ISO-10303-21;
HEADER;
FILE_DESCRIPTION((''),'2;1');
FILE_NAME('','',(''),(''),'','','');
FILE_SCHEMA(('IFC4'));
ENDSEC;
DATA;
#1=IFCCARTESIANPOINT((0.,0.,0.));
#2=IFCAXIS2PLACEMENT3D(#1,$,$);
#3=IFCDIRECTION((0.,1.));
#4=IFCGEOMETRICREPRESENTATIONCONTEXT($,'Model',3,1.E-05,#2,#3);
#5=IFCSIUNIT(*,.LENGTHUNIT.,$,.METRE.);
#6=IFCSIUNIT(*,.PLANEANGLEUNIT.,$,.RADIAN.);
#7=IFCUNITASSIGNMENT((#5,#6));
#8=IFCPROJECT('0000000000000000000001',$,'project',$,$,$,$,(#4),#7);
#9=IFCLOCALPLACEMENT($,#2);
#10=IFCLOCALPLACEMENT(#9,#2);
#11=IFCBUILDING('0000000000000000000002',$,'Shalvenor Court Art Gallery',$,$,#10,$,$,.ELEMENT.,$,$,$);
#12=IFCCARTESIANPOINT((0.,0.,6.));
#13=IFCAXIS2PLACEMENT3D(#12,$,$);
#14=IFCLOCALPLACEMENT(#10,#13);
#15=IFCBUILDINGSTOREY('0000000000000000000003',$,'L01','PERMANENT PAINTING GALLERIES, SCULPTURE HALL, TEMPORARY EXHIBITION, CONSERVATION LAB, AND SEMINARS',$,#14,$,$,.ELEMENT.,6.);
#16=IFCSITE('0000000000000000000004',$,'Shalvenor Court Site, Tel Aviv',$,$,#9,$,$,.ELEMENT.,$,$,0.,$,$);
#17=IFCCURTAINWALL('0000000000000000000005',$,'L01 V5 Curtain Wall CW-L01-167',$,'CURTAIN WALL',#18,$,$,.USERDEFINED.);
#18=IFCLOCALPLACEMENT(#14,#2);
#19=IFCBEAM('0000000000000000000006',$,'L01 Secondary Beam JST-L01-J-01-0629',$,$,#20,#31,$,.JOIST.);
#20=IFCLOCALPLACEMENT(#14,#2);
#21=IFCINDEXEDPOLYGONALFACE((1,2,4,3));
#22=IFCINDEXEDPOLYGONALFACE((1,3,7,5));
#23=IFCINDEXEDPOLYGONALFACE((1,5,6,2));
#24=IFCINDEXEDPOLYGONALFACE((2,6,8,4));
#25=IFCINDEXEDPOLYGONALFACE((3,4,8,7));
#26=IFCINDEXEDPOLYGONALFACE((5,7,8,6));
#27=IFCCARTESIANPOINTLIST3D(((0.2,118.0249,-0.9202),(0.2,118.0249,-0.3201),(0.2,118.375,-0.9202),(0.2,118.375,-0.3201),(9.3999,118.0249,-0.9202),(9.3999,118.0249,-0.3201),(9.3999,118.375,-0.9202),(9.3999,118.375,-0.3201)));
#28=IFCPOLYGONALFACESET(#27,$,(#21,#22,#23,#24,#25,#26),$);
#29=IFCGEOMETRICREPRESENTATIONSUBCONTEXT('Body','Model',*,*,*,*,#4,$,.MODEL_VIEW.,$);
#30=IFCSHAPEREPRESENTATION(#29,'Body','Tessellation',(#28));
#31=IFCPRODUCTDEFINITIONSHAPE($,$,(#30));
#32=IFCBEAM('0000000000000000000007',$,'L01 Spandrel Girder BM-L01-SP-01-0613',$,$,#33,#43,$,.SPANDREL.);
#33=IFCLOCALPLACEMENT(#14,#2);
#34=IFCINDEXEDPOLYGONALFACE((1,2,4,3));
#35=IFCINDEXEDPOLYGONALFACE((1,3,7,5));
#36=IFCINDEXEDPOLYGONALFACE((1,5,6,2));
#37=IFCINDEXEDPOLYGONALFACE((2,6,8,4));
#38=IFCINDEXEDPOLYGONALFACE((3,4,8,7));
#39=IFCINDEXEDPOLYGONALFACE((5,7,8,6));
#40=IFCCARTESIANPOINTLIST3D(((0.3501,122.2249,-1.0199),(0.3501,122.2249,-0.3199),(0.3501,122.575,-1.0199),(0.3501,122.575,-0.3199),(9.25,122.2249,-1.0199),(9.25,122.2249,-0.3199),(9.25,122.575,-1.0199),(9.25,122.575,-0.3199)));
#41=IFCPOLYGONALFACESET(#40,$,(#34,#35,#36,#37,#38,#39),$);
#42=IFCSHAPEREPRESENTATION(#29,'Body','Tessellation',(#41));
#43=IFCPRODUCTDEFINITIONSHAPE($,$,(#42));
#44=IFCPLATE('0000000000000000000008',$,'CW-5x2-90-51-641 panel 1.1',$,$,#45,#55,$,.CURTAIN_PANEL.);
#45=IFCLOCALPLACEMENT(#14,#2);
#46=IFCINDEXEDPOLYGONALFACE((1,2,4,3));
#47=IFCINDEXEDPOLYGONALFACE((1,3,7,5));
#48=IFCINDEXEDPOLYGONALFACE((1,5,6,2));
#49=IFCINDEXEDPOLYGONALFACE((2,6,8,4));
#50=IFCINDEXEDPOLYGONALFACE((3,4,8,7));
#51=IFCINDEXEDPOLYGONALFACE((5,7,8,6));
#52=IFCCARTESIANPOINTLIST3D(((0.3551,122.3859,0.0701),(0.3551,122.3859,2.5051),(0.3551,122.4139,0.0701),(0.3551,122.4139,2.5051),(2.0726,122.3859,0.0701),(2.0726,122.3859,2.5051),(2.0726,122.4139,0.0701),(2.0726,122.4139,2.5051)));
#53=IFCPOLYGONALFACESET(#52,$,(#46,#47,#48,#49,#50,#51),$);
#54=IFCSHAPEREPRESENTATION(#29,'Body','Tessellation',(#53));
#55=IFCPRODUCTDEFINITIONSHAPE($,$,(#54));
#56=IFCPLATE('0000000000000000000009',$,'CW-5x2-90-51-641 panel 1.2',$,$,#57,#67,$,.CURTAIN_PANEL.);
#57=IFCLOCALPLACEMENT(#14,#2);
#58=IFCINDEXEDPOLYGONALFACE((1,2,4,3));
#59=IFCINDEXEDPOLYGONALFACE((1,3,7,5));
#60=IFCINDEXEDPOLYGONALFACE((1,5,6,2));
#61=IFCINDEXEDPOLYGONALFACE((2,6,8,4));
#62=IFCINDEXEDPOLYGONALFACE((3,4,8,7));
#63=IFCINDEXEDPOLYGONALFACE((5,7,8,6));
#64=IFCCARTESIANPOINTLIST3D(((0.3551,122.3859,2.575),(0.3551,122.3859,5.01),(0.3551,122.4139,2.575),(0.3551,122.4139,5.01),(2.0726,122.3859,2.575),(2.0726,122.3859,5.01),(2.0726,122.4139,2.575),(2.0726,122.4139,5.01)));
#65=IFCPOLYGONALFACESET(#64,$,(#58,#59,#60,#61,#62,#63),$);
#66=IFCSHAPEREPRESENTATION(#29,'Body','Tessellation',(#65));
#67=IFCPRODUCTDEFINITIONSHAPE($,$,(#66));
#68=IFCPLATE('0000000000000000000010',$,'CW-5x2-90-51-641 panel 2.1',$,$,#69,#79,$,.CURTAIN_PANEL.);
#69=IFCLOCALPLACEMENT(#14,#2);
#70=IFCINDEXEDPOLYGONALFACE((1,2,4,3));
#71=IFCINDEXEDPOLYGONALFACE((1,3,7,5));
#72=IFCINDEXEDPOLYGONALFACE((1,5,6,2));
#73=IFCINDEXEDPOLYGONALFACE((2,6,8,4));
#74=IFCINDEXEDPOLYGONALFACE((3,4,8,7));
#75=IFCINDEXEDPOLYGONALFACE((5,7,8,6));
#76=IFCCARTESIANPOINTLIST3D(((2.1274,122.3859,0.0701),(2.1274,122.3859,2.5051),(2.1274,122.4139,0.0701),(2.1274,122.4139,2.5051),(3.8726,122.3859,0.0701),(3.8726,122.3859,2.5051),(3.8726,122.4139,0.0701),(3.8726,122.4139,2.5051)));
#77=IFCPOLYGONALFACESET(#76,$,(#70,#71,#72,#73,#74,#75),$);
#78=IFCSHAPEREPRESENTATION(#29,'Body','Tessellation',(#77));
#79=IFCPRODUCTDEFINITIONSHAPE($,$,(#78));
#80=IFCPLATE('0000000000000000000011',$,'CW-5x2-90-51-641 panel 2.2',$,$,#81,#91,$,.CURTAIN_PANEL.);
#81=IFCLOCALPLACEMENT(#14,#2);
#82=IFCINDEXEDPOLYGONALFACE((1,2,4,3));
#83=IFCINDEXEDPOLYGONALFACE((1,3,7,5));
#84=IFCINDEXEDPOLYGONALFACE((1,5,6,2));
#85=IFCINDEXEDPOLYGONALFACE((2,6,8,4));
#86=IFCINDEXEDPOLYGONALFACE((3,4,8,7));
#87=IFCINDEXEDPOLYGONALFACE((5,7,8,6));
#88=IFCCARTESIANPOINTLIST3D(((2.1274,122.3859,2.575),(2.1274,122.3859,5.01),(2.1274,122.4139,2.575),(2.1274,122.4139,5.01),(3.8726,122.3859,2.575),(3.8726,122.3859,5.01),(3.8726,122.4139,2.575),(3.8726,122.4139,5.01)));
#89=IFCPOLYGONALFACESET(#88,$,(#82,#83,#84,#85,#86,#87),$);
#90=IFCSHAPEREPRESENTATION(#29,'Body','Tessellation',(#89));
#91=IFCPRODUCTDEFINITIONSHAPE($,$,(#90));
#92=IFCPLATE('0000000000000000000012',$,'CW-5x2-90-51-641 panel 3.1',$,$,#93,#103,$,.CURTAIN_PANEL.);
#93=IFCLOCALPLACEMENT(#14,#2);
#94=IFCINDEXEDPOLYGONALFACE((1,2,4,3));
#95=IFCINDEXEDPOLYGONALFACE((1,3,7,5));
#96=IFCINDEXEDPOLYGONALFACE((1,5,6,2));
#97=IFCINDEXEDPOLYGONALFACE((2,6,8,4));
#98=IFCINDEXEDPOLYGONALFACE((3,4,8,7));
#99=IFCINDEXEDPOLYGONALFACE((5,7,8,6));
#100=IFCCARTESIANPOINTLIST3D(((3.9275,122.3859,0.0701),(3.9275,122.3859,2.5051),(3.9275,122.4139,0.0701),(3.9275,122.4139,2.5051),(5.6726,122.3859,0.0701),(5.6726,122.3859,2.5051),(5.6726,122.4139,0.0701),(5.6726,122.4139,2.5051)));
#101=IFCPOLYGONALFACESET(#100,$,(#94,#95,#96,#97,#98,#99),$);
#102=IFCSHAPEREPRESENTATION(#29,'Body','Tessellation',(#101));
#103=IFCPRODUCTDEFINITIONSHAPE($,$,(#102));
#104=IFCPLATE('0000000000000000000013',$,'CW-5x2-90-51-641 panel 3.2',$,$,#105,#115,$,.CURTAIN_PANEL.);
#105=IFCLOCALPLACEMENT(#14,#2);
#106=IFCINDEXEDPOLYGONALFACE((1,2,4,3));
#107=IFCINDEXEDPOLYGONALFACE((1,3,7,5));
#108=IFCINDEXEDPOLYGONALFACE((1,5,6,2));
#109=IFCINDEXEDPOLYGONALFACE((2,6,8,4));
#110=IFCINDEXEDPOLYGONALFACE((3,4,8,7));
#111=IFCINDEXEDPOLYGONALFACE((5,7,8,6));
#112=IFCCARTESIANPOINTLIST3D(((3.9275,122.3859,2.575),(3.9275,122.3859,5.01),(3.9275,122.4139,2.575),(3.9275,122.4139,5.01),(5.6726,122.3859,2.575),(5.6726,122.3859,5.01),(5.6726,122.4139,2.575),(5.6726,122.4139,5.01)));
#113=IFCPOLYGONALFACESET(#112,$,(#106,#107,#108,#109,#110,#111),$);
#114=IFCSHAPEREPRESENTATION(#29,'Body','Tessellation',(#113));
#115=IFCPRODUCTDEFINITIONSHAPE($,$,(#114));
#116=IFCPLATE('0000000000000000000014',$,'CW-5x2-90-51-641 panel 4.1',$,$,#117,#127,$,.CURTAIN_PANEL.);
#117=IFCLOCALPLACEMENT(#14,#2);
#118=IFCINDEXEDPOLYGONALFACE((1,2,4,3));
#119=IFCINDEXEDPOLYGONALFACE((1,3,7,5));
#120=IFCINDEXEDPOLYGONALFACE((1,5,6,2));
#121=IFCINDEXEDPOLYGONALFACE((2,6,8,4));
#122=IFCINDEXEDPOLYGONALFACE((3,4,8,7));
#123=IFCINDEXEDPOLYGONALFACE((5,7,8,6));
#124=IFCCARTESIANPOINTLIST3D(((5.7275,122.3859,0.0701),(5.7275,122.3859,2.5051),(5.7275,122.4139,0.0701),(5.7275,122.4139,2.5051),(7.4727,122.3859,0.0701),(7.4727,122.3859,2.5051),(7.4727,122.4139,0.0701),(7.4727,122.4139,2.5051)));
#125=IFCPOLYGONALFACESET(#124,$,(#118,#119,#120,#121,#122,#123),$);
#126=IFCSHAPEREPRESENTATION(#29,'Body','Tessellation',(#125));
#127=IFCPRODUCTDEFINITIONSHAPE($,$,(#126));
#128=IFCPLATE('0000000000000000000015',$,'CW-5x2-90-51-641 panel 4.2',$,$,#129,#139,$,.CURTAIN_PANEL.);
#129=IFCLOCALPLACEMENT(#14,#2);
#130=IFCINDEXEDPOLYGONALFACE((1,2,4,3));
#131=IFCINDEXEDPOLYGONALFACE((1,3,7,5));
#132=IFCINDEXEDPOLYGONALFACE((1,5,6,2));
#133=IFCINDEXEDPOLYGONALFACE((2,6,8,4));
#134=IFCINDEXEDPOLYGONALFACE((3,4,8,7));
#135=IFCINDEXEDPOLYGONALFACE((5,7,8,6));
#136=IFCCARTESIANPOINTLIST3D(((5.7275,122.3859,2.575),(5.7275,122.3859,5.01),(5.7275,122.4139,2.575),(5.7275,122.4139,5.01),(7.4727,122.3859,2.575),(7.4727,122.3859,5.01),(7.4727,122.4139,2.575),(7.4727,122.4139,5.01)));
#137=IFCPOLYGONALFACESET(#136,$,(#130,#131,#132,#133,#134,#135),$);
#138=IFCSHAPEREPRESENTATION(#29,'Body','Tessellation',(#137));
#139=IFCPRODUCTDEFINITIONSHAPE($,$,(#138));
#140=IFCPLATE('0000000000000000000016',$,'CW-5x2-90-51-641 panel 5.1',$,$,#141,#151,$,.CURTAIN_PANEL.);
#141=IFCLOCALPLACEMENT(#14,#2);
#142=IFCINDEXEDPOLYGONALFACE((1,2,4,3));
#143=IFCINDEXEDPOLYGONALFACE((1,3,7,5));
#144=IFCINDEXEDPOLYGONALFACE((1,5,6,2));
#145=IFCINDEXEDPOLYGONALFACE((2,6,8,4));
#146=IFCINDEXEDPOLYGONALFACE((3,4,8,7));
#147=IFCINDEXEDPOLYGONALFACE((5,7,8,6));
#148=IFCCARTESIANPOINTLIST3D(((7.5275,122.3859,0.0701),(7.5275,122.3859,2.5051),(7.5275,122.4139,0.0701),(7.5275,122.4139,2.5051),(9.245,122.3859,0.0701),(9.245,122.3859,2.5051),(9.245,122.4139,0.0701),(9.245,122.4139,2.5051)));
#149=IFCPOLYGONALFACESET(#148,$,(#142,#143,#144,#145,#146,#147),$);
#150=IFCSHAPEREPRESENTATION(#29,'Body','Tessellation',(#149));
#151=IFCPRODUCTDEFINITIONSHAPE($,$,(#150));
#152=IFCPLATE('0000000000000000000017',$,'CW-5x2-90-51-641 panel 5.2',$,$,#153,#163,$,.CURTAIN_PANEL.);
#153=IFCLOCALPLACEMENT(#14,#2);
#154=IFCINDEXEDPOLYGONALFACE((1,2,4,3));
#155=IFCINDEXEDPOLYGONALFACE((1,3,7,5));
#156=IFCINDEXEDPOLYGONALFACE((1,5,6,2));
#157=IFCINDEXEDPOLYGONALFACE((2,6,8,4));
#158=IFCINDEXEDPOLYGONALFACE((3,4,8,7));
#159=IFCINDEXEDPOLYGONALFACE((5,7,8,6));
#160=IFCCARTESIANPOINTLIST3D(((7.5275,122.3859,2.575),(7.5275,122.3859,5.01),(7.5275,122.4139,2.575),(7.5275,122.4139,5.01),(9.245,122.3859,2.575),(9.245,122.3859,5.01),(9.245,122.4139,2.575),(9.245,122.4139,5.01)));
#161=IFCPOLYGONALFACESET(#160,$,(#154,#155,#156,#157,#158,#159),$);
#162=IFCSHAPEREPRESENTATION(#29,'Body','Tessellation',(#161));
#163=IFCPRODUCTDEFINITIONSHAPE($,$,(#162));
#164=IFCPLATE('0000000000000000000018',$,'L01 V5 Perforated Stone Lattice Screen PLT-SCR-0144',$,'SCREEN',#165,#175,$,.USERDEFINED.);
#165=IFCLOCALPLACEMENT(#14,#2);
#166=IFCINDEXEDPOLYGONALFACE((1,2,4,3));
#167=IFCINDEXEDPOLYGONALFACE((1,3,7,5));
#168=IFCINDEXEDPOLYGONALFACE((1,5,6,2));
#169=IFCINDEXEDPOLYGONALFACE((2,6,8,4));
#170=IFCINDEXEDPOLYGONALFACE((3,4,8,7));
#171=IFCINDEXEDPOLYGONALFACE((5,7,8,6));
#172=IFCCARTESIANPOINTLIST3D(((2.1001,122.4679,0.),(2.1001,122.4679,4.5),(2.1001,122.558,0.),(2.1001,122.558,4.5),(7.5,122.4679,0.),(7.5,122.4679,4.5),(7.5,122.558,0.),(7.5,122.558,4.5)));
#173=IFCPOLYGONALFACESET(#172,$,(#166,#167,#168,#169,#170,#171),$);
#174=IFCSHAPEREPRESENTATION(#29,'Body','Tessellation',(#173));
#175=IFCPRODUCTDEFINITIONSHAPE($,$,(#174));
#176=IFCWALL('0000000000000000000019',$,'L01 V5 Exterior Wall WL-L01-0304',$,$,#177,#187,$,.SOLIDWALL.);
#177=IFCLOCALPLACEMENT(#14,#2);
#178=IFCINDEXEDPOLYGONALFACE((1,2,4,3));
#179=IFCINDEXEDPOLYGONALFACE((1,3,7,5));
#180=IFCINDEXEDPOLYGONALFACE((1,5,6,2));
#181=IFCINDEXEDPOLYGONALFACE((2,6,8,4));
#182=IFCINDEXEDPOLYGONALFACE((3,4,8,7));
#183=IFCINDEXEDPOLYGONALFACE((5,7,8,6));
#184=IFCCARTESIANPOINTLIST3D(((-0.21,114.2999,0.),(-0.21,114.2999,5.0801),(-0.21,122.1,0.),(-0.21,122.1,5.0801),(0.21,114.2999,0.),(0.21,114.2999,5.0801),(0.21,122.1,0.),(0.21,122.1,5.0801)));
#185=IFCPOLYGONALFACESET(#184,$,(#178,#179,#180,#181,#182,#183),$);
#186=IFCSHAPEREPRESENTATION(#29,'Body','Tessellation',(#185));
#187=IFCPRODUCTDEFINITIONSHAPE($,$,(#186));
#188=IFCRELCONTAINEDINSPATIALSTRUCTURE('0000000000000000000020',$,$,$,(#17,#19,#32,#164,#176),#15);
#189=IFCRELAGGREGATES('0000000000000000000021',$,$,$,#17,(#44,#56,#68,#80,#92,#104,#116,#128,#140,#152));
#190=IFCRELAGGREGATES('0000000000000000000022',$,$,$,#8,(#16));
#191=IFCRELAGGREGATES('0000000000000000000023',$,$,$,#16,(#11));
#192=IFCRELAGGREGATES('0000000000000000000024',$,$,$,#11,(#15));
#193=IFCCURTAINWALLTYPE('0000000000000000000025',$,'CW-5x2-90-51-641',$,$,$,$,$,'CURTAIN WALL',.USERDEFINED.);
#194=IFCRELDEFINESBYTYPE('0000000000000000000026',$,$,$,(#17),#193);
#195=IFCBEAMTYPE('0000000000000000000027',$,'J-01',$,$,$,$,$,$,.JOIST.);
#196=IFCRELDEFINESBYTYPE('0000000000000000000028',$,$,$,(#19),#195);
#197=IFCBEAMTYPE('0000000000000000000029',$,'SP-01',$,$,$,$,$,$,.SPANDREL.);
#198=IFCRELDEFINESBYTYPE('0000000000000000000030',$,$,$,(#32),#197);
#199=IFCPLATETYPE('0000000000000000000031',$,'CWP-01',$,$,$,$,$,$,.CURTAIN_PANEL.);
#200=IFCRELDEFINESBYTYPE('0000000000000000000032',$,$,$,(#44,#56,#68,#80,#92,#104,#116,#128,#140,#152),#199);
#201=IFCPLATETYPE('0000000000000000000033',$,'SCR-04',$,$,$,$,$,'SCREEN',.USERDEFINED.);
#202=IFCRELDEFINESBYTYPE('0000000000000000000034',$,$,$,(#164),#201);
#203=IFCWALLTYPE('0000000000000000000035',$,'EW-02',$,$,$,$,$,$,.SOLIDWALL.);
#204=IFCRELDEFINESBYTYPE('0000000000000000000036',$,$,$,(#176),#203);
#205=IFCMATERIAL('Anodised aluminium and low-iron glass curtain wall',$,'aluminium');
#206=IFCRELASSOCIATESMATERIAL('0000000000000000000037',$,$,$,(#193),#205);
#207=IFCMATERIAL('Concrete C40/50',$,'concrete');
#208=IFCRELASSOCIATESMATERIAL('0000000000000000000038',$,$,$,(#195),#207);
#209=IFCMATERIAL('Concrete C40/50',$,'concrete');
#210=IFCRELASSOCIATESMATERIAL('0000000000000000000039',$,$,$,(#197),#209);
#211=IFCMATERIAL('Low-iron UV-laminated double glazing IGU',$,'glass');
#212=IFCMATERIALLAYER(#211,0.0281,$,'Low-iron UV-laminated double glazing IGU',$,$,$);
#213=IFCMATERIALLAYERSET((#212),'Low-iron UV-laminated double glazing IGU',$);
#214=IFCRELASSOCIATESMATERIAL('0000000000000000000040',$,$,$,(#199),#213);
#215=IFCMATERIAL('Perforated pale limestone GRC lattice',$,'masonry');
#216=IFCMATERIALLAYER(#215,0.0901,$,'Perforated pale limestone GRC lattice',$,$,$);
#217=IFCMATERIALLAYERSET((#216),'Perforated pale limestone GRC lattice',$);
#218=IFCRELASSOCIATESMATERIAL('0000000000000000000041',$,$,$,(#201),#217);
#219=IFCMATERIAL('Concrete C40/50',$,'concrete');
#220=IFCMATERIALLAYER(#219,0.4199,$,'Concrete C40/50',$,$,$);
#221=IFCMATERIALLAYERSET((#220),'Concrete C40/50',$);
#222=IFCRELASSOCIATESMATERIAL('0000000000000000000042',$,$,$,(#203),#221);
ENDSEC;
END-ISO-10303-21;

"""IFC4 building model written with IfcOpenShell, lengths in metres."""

from ifc_helpers import new_model, si_unit, direction, frame, frame_2d, origin, origin_2d, place, context, subcontext, project, spatial, rectangle, extrude, material, layer, layer_set, material_profile, profile_set, type_object, element, aggregate, save


model = new_model("IFC4")

# Units and contexts
model_context = context("Model", 3, precision=1e-05, world=origin(), true_north=direction((0.0, 1.0)))
body_context = subcontext(model_context, "Body", "Model", "MODEL_VIEW")
ifc_project = project(units=[si_unit("LENGTHUNIT", "METRE"), si_unit("PLANEANGLEUNIT", "RADIAN")], contexts=[model_context])

# Site, building, storey
site_placement = place(None, origin())
site = spatial("IfcSite", under=ifc_project, at=site_placement, Name="Shalvenor Court Site, Tel Aviv", CompositionType="ELEMENT", RefElevation=0.0)
building_placement = place(site_placement, origin())
building = spatial("IfcBuilding", under=site, at=building_placement, Name="Shalvenor Court Art Gallery", CompositionType="ELEMENT")
storey_placement = place(building_placement, frame((0.0, 0.0, 6.0)))
storey = spatial("IfcBuildingStorey", under=building, at=storey_placement, Name="L01", Description="PERMANENT PAINTING GALLERIES, SCULPTURE HALL, TEMPORARY EXHIBITION, CONSERVATION LAB, AND SEMINARS", CompositionType="ELEMENT", Elevation=6.0)

# Curtain wall
ifc_material_1 = material(Name="Anodised aluminium and low-iron glass curtain wall", Category="aluminium")
curtain_wall_type = type_object("IfcCurtainWallType", Name="CW-5x2-90-51-641", ElementType="CURTAIN WALL", PredefinedType="USERDEFINED", material=ifc_material_1)
curtain_wall_placement = place(storey_placement, origin())
curtain_wall = element("IfcCurtainWall", 1, at=curtain_wall_placement, inside=storey, type_object=curtain_wall_type, Name="L01 V5 Curtain Wall CW-L01-167", ObjectType="CURTAIN WALL", PredefinedType="USERDEFINED")

# Beams
ifc_material_2 = material(Name="Concrete C40/50", Category="concrete")
ifc_material_profile_1 = material_profile(ifc_material_2, rectangle(XDim=0.3501, YDim=0.6001, at=origin_2d()), Name="RC 350x600")
ifc_profile_set_1 = profile_set([ifc_material_profile_1], Name="Concrete C40/50")
beam_type_1 = type_object("IfcBeamType", Name="J-01", PredefinedType="JOIST", material=ifc_profile_set_1)
beam_1_placement = place(storey_placement, frame((0.2, 118.2, -0.6201), z_axis=(1.0, 0.0, 0.0), x_axis=(0.0, 1.0, 0.0)))
element("IfcBeam", 2, at=beam_1_placement, inside=storey, type_object=beam_type_1, Name="L01 Secondary Beam JST-L01-J-01-0629", PredefinedType="JOIST", context=body_context, shape_type="SweptSolid", body=[
    extrude(rectangle(XDim=0.3501, YDim=0.6001, at=origin_2d()), origin(), (0.0, 0.0, 1.0), 9.2),
])
ifc_material_3 = material(Name="Concrete C40/50", Category="concrete")
ifc_material_profile_2 = material_profile(ifc_material_3, rectangle(XDim=0.3501, YDim=0.7, at=origin_2d()), Name="RC 350x700")
ifc_profile_set_2 = profile_set([ifc_material_profile_2], Name="Concrete C40/50")
beam_type_2 = type_object("IfcBeamType", Name="SP-01", PredefinedType="SPANDREL", material=ifc_profile_set_2)
beam_2_placement = place(storey_placement, frame((0.3501, 122.3999, -0.6699), z_axis=(1.0, 0.0, 0.0), x_axis=(0.0, 1.0, 0.0)))
element("IfcBeam", 3, at=beam_2_placement, inside=storey, type_object=beam_type_2, Name="L01 Spandrel Girder BM-L01-SP-01-0613", PredefinedType="SPANDREL", context=body_context, shape_type="SweptSolid", body=[
    extrude(rectangle(XDim=0.3501, YDim=0.7, at=origin_2d()), origin(), (0.0, 0.0, 1.0), 8.8999),
])

# Plates
ifc_material_4 = material(Name="Low-iron UV-laminated double glazing IGU", Category="glass")
ifc_layer_1 = layer(ifc_material_4, 0.0281, Name="Low-iron UV-laminated double glazing IGU")
ifc_layer_set_1 = layer_set([ifc_layer_1], Name="Low-iron UV-laminated double glazing IGU")
plate_type_1 = type_object("IfcPlateType", Name="CWP-01", PredefinedType="CURTAIN_PANEL", material=ifc_layer_set_1)
plate_1_placement = place(storey_placement, frame((1.2139, 122.3999, 0.0701), z_axis=(0.0, 0.0, 1.0), x_axis=(1.0, 0.0, 0.0)))
plate_1 = element("IfcPlate", 4, at=plate_1_placement, type_object=plate_type_1, Name="CW-5x2-90-51-641 panel 1.1", PredefinedType="CURTAIN_PANEL", context=body_context, shape_type="SweptSolid", body=[
    extrude(rectangle(XDim=1.7175, YDim=0.0281, at=origin_2d()), origin(), (0.0, 0.0, 1.0), 2.4351),
])
plate_2_placement = place(storey_placement, frame((1.2139, 122.3999, 2.575), z_axis=(0.0, 0.0, 1.0), x_axis=(1.0, 0.0, 0.0)))
plate_2 = element("IfcPlate", 5, at=plate_2_placement, type_object=plate_type_1, Name="CW-5x2-90-51-641 panel 1.2", PredefinedType="CURTAIN_PANEL", context=body_context, shape_type="SweptSolid", body=[
    extrude(rectangle(XDim=1.7175, YDim=0.0281, at=origin_2d()), origin(), (0.0, 0.0, 1.0), 2.4351),
])
plate_3_placement = place(storey_placement, frame((3.0, 122.3999, 0.0701), z_axis=(0.0, 0.0, 1.0), x_axis=(1.0, 0.0, 0.0)))
plate_3 = element("IfcPlate", 6, at=plate_3_placement, type_object=plate_type_1, Name="CW-5x2-90-51-641 panel 2.1", PredefinedType="CURTAIN_PANEL", context=body_context, shape_type="SweptSolid", body=[
    extrude(rectangle(XDim=1.7451, YDim=0.0281, at=origin_2d()), origin(), (0.0, 0.0, 1.0), 2.4351),
])
plate_4_placement = place(storey_placement, frame((3.0, 122.3999, 2.575), z_axis=(0.0, 0.0, 1.0), x_axis=(1.0, 0.0, 0.0)))
plate_4 = element("IfcPlate", 7, at=plate_4_placement, type_object=plate_type_1, Name="CW-5x2-90-51-641 panel 2.2", PredefinedType="CURTAIN_PANEL", context=body_context, shape_type="SweptSolid", body=[
    extrude(rectangle(XDim=1.7451, YDim=0.0281, at=origin_2d()), origin(), (0.0, 0.0, 1.0), 2.4351),
])
plate_5_placement = place(storey_placement, frame((4.8, 122.3999, 0.0701), z_axis=(0.0, 0.0, 1.0), x_axis=(1.0, 0.0, 0.0)))
plate_5 = element("IfcPlate", 8, at=plate_5_placement, type_object=plate_type_1, Name="CW-5x2-90-51-641 panel 3.1", PredefinedType="CURTAIN_PANEL", context=body_context, shape_type="SweptSolid", body=[
    extrude(rectangle(XDim=1.7451, YDim=0.0281, at=origin_2d()), origin(), (0.0, 0.0, 1.0), 2.4351),
])
plate_6_placement = place(storey_placement, frame((4.8, 122.3999, 2.575), z_axis=(0.0, 0.0, 1.0), x_axis=(1.0, 0.0, 0.0)))
plate_6 = element("IfcPlate", 9, at=plate_6_placement, type_object=plate_type_1, Name="CW-5x2-90-51-641 panel 3.2", PredefinedType="CURTAIN_PANEL", context=body_context, shape_type="SweptSolid", body=[
    extrude(rectangle(XDim=1.7451, YDim=0.0281, at=origin_2d()), origin(), (0.0, 0.0, 1.0), 2.4351),
])
plate_7_placement = place(storey_placement, frame((6.6001, 122.3999, 0.0701), z_axis=(0.0, 0.0, 1.0), x_axis=(1.0, 0.0, 0.0)))
plate_7 = element("IfcPlate", 10, at=plate_7_placement, type_object=plate_type_1, Name="CW-5x2-90-51-641 panel 4.1", PredefinedType="CURTAIN_PANEL", context=body_context, shape_type="SweptSolid", body=[
    extrude(rectangle(XDim=1.7451, YDim=0.0281, at=origin_2d()), origin(), (0.0, 0.0, 1.0), 2.4351),
])
plate_8_placement = place(storey_placement, frame((6.6001, 122.3999, 2.575), z_axis=(0.0, 0.0, 1.0), x_axis=(1.0, 0.0, 0.0)))
plate_8 = element("IfcPlate", 11, at=plate_8_placement, type_object=plate_type_1, Name="CW-5x2-90-51-641 panel 4.2", PredefinedType="CURTAIN_PANEL", context=body_context, shape_type="SweptSolid", body=[
    extrude(rectangle(XDim=1.7451, YDim=0.0281, at=origin_2d()), origin(), (0.0, 0.0, 1.0), 2.4351),
])
plate_9_placement = place(storey_placement, frame((8.3862, 122.3999, 0.0701), z_axis=(0.0, 0.0, 1.0), x_axis=(1.0, 0.0, 0.0)))
plate_9 = element("IfcPlate", 12, at=plate_9_placement, type_object=plate_type_1, Name="CW-5x2-90-51-641 panel 5.1", PredefinedType="CURTAIN_PANEL", context=body_context, shape_type="SweptSolid", body=[
    extrude(rectangle(XDim=1.7175, YDim=0.0281, at=origin_2d()), origin(), (0.0, 0.0, 1.0), 2.4351),
])
plate_10_placement = place(storey_placement, frame((8.3862, 122.3999, 2.575), z_axis=(0.0, 0.0, 1.0), x_axis=(1.0, 0.0, 0.0)))
plate_10 = element("IfcPlate", 13, at=plate_10_placement, type_object=plate_type_1, Name="CW-5x2-90-51-641 panel 5.2", PredefinedType="CURTAIN_PANEL", context=body_context, shape_type="SweptSolid", body=[
    extrude(rectangle(XDim=1.7175, YDim=0.0281, at=origin_2d()), origin(), (0.0, 0.0, 1.0), 2.4351),
])
aggregate(curtain_wall, [plate_1, plate_2, plate_3, plate_4, plate_5, plate_6, plate_7, plate_8, plate_9, plate_10])
ifc_material_5 = material(Name="Perforated pale limestone GRC lattice", Category="masonry")
ifc_layer_2 = layer(ifc_material_5, 0.0901, Name="Perforated pale limestone GRC lattice")
ifc_layer_set_2 = layer_set([ifc_layer_2], Name="Perforated pale limestone GRC lattice")
plate_type_2 = type_object("IfcPlateType", Name="SCR-04", ElementType="SCREEN", PredefinedType="USERDEFINED", material=ifc_layer_set_2)
plate_11_placement = place(storey_placement, frame((4.8, 122.5129, 0.0), z_axis=(0.0, 0.0, 1.0), x_axis=(1.0, 0.0, 0.0)))
element("IfcPlate", 14, at=plate_11_placement, inside=storey, type_object=plate_type_2, Name="L01 V5 Perforated Stone Lattice Screen PLT-SCR-0144", ObjectType="SCREEN", PredefinedType="USERDEFINED", context=body_context, shape_type="SweptSolid", body=[
    extrude(rectangle(XDim=5.3999, YDim=0.0901, at=origin_2d()), origin(), (0.0, 0.0, 1.0), 4.5),
])

# Wall
ifc_material_6 = material(Name="Concrete C40/50", Category="concrete")
ifc_layer_3 = layer(ifc_material_6, 0.4199, Name="Concrete C40/50")
ifc_layer_set_3 = layer_set([ifc_layer_3], Name="Concrete C40/50")
wall_type = type_object("IfcWallType", Name="EW-02", PredefinedType="SOLIDWALL", material=ifc_layer_set_3)
wall_placement = place(storey_placement, frame((0.0, 114.3, 0.0), z_axis=(0.0, 0.0, 1.0), x_axis=(0.0, 1.0, 0.0)))
element("IfcWall", 15, at=wall_placement, inside=storey, type_object=wall_type, Name="L01 V5 Exterior Wall WL-L01-0304", PredefinedType="SOLIDWALL", context=body_context, shape_type="SweptSolid", body=[
    extrude(rectangle(XDim=7.8, YDim=0.4199, at=frame_2d((3.8999, 0.0))), origin(), (0.0, 0.0, 1.0), 5.0801),
])

save(model, "model.ifc")
